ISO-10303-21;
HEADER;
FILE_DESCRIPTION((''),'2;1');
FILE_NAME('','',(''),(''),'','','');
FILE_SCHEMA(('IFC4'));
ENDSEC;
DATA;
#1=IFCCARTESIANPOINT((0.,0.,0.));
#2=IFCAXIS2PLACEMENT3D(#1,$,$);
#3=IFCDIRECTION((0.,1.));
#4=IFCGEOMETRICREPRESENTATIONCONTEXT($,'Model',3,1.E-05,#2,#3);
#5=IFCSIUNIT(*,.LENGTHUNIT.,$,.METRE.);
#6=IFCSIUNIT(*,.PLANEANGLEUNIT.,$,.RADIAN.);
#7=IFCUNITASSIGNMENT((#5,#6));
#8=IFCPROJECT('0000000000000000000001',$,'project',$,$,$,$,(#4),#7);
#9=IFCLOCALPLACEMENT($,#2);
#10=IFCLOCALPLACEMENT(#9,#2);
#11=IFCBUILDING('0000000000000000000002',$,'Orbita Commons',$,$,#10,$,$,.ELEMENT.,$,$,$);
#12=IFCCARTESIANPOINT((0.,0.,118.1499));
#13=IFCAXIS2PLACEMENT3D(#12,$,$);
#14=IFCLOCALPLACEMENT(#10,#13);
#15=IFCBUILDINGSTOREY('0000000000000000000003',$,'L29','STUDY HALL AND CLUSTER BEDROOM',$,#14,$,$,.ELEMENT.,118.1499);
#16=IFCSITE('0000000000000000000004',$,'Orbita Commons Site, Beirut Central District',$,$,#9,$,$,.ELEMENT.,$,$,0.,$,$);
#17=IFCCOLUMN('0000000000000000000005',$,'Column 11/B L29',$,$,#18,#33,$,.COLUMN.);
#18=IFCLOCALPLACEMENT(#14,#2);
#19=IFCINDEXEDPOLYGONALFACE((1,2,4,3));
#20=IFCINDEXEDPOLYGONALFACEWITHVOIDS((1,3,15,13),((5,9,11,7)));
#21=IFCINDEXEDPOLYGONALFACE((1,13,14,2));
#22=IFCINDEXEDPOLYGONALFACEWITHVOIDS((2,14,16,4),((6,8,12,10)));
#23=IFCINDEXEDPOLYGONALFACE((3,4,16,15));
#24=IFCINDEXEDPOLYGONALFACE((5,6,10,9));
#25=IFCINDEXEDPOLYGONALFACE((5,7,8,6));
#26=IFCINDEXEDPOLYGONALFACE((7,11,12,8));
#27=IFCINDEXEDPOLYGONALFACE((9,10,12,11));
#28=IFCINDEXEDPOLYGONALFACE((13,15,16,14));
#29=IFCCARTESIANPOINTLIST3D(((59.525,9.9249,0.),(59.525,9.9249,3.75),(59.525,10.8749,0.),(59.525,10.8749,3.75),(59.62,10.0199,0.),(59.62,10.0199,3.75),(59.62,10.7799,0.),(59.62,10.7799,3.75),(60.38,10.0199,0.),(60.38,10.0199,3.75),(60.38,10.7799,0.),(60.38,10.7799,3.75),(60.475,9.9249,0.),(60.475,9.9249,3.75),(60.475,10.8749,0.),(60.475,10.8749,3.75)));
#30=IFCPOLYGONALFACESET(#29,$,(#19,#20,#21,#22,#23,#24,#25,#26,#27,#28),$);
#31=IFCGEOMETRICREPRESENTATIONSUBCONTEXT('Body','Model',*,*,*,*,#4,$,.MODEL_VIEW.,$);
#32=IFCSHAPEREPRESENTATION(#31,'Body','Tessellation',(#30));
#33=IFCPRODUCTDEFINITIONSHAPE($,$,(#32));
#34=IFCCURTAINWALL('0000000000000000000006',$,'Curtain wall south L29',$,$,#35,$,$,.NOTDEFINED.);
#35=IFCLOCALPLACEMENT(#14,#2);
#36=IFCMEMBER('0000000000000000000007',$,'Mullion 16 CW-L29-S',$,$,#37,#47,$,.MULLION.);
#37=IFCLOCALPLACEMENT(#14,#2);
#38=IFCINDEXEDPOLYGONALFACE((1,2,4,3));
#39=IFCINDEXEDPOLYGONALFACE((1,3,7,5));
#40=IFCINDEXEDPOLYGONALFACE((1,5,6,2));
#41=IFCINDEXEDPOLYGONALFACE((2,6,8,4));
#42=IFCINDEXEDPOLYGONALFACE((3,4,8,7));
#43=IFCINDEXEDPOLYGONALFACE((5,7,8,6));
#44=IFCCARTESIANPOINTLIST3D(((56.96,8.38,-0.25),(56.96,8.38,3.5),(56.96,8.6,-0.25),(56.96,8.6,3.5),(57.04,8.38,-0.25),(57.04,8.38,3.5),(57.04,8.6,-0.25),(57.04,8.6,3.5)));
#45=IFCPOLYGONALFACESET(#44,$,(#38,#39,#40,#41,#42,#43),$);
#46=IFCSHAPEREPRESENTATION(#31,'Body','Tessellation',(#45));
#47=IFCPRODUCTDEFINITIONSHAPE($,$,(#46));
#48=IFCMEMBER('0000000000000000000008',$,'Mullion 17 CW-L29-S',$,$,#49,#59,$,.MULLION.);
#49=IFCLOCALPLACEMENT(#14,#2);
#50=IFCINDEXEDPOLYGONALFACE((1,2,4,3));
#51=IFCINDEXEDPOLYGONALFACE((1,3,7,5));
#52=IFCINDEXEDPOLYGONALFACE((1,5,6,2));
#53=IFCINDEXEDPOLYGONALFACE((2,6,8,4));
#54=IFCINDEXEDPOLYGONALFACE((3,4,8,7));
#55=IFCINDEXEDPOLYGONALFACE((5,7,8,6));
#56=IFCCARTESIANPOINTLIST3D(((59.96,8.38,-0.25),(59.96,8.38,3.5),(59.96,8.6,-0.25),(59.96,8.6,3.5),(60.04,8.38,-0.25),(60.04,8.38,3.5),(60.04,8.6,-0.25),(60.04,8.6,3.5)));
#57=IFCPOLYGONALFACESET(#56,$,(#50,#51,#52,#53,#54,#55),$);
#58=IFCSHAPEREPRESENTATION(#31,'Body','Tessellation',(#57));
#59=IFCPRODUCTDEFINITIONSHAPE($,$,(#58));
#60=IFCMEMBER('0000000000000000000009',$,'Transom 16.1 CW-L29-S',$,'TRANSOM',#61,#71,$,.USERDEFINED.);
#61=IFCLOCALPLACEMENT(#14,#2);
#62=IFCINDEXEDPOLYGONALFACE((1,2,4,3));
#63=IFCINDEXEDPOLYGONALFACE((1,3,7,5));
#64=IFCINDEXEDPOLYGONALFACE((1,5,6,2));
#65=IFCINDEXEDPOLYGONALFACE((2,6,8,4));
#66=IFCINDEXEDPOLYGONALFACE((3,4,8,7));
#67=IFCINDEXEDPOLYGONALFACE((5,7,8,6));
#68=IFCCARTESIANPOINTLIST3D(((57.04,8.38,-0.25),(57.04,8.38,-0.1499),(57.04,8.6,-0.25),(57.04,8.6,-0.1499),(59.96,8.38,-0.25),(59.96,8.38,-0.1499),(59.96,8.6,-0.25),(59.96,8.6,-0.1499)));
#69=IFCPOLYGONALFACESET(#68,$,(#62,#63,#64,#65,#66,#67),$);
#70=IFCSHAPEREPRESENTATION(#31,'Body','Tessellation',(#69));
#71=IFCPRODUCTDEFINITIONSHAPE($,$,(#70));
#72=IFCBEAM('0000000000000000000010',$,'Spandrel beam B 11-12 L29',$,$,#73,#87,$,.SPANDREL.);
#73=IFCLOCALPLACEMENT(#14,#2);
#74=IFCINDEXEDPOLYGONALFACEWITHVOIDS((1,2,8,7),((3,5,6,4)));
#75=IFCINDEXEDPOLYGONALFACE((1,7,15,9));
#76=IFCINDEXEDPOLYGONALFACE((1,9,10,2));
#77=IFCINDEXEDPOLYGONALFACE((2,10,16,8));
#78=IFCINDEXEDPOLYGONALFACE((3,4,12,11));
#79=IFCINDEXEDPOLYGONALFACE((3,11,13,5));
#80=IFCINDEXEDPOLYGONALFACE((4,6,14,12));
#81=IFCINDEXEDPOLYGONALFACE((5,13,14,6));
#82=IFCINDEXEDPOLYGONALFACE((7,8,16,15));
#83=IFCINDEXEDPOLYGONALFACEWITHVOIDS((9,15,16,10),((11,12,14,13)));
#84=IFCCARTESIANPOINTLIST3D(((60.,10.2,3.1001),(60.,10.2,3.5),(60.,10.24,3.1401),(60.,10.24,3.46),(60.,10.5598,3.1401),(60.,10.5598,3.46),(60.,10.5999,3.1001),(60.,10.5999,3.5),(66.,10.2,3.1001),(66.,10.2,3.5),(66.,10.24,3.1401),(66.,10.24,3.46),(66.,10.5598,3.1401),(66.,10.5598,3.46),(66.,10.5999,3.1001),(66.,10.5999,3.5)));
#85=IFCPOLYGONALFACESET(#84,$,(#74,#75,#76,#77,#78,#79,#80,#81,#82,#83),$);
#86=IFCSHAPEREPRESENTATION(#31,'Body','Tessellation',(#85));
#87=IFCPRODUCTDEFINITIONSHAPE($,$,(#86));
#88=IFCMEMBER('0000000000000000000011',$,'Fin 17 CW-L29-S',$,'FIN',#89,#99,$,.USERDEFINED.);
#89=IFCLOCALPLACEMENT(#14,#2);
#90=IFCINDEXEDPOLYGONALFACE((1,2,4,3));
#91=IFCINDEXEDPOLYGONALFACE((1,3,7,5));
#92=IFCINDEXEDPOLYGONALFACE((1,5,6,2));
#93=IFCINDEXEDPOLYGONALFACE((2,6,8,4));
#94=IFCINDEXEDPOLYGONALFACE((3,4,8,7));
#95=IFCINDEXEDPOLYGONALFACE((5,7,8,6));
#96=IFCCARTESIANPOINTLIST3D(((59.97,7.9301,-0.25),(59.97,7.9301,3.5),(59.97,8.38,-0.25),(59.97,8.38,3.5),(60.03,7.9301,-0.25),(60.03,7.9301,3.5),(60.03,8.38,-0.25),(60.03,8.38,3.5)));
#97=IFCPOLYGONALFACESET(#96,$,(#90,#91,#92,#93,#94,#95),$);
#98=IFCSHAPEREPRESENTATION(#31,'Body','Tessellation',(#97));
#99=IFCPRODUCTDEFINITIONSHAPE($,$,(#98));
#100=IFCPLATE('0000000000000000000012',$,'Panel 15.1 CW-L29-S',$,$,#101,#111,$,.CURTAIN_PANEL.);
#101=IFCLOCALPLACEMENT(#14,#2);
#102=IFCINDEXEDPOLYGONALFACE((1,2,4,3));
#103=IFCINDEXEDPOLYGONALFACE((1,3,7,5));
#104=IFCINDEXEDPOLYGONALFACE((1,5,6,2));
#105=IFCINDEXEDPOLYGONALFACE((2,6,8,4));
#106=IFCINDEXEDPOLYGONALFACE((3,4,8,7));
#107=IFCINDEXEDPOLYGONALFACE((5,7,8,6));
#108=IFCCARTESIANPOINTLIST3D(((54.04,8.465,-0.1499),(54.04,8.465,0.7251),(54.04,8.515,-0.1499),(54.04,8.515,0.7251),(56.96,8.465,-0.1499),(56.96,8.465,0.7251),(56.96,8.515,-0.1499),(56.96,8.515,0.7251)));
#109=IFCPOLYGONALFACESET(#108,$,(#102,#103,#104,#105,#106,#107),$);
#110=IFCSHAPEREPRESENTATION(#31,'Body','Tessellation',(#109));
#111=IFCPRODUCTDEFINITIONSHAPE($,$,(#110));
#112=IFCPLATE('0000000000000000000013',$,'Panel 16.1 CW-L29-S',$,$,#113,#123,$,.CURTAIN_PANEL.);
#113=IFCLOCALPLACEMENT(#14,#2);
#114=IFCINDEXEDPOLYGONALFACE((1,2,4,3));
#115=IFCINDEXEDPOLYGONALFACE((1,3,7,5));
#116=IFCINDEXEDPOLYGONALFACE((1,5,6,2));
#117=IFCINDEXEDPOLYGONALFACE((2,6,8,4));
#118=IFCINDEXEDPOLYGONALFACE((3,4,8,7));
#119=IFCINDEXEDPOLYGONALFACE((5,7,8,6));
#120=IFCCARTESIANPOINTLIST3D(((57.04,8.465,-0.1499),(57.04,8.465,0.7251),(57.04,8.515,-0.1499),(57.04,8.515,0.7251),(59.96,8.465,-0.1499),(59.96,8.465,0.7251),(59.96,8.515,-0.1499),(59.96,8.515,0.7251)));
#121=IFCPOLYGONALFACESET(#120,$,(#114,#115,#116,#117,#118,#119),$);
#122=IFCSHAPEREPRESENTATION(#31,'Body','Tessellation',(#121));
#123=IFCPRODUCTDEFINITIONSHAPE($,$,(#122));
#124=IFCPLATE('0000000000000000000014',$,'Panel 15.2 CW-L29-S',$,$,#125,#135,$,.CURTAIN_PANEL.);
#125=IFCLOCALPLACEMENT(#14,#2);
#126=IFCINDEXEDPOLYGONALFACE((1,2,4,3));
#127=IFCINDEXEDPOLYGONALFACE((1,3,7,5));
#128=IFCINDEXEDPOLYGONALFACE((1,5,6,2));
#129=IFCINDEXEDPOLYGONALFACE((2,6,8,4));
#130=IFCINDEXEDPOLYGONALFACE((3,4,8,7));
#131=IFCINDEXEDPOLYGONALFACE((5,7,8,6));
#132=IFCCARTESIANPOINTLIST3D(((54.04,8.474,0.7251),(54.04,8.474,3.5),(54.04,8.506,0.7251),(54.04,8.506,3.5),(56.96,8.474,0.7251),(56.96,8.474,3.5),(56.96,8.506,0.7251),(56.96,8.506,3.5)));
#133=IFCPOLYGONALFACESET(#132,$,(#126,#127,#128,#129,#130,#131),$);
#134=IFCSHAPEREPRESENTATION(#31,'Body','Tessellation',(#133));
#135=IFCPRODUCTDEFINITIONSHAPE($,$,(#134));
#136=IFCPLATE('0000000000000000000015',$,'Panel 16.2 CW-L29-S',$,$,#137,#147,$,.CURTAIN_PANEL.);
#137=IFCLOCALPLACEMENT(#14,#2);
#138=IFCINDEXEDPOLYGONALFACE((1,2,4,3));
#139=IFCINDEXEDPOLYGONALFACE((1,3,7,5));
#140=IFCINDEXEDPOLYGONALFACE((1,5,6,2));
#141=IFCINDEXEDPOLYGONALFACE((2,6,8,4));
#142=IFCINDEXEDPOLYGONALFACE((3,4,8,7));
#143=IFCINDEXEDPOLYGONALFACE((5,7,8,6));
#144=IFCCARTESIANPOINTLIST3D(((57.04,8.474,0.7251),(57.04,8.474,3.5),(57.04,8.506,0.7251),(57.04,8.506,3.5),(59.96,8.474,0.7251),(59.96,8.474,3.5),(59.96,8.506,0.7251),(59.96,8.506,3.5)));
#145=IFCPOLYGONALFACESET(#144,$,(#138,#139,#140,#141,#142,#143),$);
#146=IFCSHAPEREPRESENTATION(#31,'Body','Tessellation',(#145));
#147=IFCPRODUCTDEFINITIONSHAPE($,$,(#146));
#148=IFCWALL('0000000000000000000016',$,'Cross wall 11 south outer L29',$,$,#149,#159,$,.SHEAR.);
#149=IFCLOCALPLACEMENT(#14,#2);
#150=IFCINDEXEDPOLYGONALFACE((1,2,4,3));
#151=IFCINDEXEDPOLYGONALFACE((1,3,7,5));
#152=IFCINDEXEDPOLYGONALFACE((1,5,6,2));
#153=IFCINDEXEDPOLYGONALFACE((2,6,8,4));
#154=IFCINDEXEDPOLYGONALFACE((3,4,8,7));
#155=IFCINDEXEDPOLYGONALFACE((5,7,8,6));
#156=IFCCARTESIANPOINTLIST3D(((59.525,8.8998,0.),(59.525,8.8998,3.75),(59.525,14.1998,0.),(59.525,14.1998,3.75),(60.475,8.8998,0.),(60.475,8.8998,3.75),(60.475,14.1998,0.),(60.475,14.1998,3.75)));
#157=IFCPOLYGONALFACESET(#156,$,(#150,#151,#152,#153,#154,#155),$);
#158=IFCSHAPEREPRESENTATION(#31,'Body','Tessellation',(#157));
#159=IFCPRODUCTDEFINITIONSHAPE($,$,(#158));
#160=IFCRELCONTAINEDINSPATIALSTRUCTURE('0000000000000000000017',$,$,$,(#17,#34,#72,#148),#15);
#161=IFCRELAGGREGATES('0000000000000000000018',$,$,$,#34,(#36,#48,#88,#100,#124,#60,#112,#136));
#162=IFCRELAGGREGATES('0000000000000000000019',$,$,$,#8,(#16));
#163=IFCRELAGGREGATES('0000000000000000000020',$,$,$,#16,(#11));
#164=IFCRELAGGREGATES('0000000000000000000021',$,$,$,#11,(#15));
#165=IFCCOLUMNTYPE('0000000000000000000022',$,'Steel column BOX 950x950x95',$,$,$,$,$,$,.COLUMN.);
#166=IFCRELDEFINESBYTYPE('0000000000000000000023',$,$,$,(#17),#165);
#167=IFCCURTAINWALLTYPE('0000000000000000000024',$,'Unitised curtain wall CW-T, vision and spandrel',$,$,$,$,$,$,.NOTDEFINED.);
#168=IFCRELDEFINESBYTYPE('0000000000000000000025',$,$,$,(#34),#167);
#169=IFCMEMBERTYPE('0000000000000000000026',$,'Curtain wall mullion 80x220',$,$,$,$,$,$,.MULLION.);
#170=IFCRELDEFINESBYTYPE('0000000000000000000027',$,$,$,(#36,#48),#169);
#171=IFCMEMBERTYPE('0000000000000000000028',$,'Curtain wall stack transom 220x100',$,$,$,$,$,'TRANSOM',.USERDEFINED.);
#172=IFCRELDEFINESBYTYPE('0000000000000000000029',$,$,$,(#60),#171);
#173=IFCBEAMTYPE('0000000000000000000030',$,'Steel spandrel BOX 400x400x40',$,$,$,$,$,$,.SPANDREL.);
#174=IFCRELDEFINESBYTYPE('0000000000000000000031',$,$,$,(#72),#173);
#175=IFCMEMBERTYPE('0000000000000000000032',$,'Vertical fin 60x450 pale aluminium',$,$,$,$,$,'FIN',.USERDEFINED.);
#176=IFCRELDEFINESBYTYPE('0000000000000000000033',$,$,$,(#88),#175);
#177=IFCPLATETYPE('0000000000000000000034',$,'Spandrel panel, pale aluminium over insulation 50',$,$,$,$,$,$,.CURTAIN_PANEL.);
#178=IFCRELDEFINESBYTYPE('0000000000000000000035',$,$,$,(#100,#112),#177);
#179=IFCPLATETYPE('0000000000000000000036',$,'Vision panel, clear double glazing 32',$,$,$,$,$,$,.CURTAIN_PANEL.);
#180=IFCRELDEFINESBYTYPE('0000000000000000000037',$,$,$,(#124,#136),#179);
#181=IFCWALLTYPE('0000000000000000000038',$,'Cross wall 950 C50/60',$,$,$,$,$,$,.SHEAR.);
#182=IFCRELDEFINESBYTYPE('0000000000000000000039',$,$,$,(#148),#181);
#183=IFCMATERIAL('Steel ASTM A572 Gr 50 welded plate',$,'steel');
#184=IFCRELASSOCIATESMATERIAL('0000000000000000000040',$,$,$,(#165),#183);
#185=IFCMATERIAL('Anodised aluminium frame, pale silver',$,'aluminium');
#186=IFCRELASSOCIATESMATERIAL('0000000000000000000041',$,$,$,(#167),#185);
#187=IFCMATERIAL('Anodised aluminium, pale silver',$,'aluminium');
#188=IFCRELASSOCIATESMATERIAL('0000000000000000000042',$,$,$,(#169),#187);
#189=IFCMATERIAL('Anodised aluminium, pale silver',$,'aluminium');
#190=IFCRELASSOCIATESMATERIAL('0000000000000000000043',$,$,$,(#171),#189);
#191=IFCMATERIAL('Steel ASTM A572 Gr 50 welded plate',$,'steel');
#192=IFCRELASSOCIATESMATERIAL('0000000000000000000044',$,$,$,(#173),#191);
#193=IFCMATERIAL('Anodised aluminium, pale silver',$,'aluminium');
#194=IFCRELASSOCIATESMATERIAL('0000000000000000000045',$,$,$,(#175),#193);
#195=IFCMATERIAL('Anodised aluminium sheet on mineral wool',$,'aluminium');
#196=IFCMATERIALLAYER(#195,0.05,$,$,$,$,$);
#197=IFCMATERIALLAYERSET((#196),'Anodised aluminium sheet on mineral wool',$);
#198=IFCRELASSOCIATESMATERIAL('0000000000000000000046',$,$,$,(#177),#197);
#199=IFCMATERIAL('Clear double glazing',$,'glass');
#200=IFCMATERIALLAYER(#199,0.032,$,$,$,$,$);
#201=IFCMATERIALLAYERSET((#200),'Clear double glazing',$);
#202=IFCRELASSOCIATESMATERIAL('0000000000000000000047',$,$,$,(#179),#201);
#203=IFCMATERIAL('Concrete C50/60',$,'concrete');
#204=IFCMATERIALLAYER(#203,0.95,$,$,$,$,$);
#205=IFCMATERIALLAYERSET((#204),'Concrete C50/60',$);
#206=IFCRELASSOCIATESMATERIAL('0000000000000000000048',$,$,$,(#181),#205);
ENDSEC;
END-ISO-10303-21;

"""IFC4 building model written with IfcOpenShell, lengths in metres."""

from ifc_helpers import new_model, si_unit, direction, frame, frame_2d, origin, origin_2d, place, context, subcontext, project, spatial, rectangle, hollow_rectangle, extrude, material, layer, layer_set, material_profile, profile_set, type_object, element, aggregate, save


model = new_model("IFC4")

# Units and contexts
model_context = context("Model", 3, precision=1e-05, world=origin(), true_north=direction((0.0, 1.0)))
body_context = subcontext(model_context, "Body", "Model", "MODEL_VIEW")
ifc_project = project(units=[si_unit("LENGTHUNIT", "METRE"), si_unit("PLANEANGLEUNIT", "RADIAN")], contexts=[model_context])

# Site, building, storey
site_placement = place(None, origin())
site = spatial("IfcSite", under=ifc_project, at=site_placement, Name="Orbita Commons Site, Beirut Central District", CompositionType="ELEMENT", RefElevation=0.0)
building_placement = place(site_placement, origin())
building = spatial("IfcBuilding", under=site, at=building_placement, Name="Orbita Commons", CompositionType="ELEMENT")
storey_placement = place(building_placement, frame((0.0, 0.0, 118.1499)))
storey = spatial("IfcBuildingStorey", under=building, at=storey_placement, Name="L29", Description="STUDY HALL AND CLUSTER BEDROOM", CompositionType="ELEMENT", Elevation=118.1499)

# Column
ifc_material_1 = material(Name="Steel ASTM A572 Gr 50 welded plate", Category="steel")
ifc_material_profile_1 = material_profile(ifc_material_1, hollow_rectangle(XDim=0.95, YDim=0.95, WallThickness=0.095, at=origin_2d()), Name="BOX 950x950x95")
ifc_profile_set_1 = profile_set([ifc_material_profile_1], Name="Steel ASTM A572 Gr 50 welded plate")
column_type = type_object("IfcColumnType", Name="Steel column BOX 950x950x95", PredefinedType="COLUMN", material=ifc_profile_set_1)
column_placement = place(storey_placement, frame((60.0, 10.3999, 0.0), z_axis=(0.0, 0.0, 1.0), x_axis=(1.0, 0.0, 0.0)))
element("IfcColumn", 1, at=column_placement, inside=storey, type_object=column_type, Name="Column 11/B L29", PredefinedType="COLUMN", context=body_context, shape_type="SweptSolid", body=[
    extrude(hollow_rectangle(XDim=0.95, YDim=0.95, WallThickness=0.095, at=origin_2d()), origin(), (0.0, 0.0, 1.0), 3.75),
])

# Curtain wall, members
ifc_material_2 = material(Name="Anodised aluminium frame, pale silver", Category="aluminium")
curtain_wall_type = type_object("IfcCurtainWallType", Name="Unitised curtain wall CW-T, vision and spandrel", PredefinedType="NOTDEFINED", material=ifc_material_2)
curtain_wall_placement = place(storey_placement, origin())
curtain_wall = element("IfcCurtainWall", 2, at=curtain_wall_placement, inside=storey, type_object=curtain_wall_type, Name="Curtain wall south L29", PredefinedType="NOTDEFINED")
ifc_material_3 = material(Name="Anodised aluminium, pale silver", Category="aluminium")
ifc_material_profile_2 = material_profile(ifc_material_3, rectangle(XDim=0.0801, YDim=0.22, at=origin_2d()), Name="AL 80x220")
ifc_profile_set_2 = profile_set([ifc_material_profile_2], Name="Anodised aluminium, pale silver")
member_type_1 = type_object("IfcMemberType", Name="Curtain wall mullion 80x220", PredefinedType="MULLION", material=ifc_profile_set_2)
member_1_placement = place(storey_placement, frame((57.0, 8.49, -0.25), z_axis=(0.0, 0.0, 1.0), x_axis=(1.0, 0.0, 0.0)))
member_1 = element("IfcMember", 3, at=member_1_placement, type_object=member_type_1, Name="Mullion 16 CW-L29-S", PredefinedType="MULLION", context=body_context, shape_type="SweptSolid", body=[
    extrude(rectangle(XDim=0.0801, YDim=0.22, at=origin_2d()), origin(), (0.0, 0.0, 1.0), 3.75),
])
member_2_placement = place(storey_placement, frame((60.0, 8.49, -0.25), z_axis=(0.0, 0.0, 1.0), x_axis=(1.0, 0.0, 0.0)))
member_2 = element("IfcMember", 4, at=member_2_placement, type_object=member_type_1, Name="Mullion 17 CW-L29-S", PredefinedType="MULLION", context=body_context, shape_type="SweptSolid", body=[
    extrude(rectangle(XDim=0.0801, YDim=0.22, at=origin_2d()), origin(), (0.0, 0.0, 1.0), 3.75),
])
ifc_material_4 = material(Name="Anodised aluminium, pale silver", Category="aluminium")
ifc_material_profile_3 = material_profile(ifc_material_4, rectangle(XDim=0.22, YDim=0.1001, at=origin_2d()), Name="AL 220x100")
ifc_profile_set_3 = profile_set([ifc_material_profile_3], Name="Anodised aluminium, pale silver")
member_type_2 = type_object("IfcMemberType", Name="Curtain wall stack transom 220x100", ElementType="TRANSOM", PredefinedType="USERDEFINED", material=ifc_profile_set_3)
member_3_placement = place(storey_placement, frame((57.04, 8.49, -0.2), z_axis=(1.0, 0.0, 0.0), x_axis=(0.0, 1.0, 0.0)))
member_3 = element("IfcMember", 5, at=member_3_placement, type_object=member_type_2, Name="Transom 16.1 CW-L29-S", ObjectType="TRANSOM", PredefinedType="USERDEFINED", context=body_context, shape_type="SweptSolid", body=[
    extrude(rectangle(XDim=0.22, YDim=0.1001, at=origin_2d()), origin(), (0.0, 0.0, 1.0), 2.9199),
])

# Beam
ifc_material_5 = material(Name="Steel ASTM A572 Gr 50 welded plate", Category="steel")
ifc_material_profile_4 = material_profile(ifc_material_5, hollow_rectangle(XDim=0.3999, YDim=0.3999, WallThickness=0.04, at=origin_2d()), Name="BOX 400x400x40")
ifc_profile_set_4 = profile_set([ifc_material_profile_4], Name="Steel ASTM A572 Gr 50 welded plate")
beam_type = type_object("IfcBeamType", Name="Steel spandrel BOX 400x400x40", PredefinedType="SPANDREL", material=ifc_profile_set_4)
beam_placement = place(storey_placement, frame((60.0, 10.3999, 3.3), z_axis=(1.0, 0.0, 0.0), x_axis=(0.0, 1.0, 0.0)))
element("IfcBeam", 6, at=beam_placement, inside=storey, type_object=beam_type, Name="Spandrel beam B 11-12 L29", PredefinedType="SPANDREL", context=body_context, shape_type="SweptSolid", body=[
    extrude(hollow_rectangle(XDim=0.3999, YDim=0.3999, WallThickness=0.04, at=origin_2d()), origin(), (0.0, 0.0, 1.0), 6.0),
])

# Member
ifc_material_6 = material(Name="Anodised aluminium, pale silver", Category="aluminium")
ifc_material_profile_5 = material_profile(ifc_material_6, rectangle(XDim=0.0601, YDim=0.45, at=origin_2d()), Name="FIN 60x450")
ifc_profile_set_5 = profile_set([ifc_material_profile_5], Name="Anodised aluminium, pale silver")
member_type_3 = type_object("IfcMemberType", Name="Vertical fin 60x450 pale aluminium", ElementType="FIN", PredefinedType="USERDEFINED", material=ifc_profile_set_5)
member_4_placement = place(storey_placement, frame((60.0, 8.155, -0.25), z_axis=(0.0, 0.0, 1.0), x_axis=(1.0, 0.0, 0.0)))
member_4 = element("IfcMember", 7, at=member_4_placement, type_object=member_type_3, Name="Fin 17 CW-L29-S", ObjectType="FIN", PredefinedType="USERDEFINED", context=body_context, shape_type="SweptSolid", body=[
    extrude(rectangle(XDim=0.0601, YDim=0.45, at=origin_2d()), origin(), (0.0, 0.0, 1.0), 3.75),
])

# Plates
ifc_material_7 = material(Name="Anodised aluminium sheet on mineral wool", Category="aluminium")
ifc_layer_1 = layer(ifc_material_7, 0.05)
ifc_layer_set_1 = layer_set([ifc_layer_1], Name="Anodised aluminium sheet on mineral wool")
plate_type_1 = type_object("IfcPlateType", Name="Spandrel panel, pale aluminium over insulation 50", PredefinedType="CURTAIN_PANEL", material=ifc_layer_set_1)
plate_1_placement = place(storey_placement, frame((55.5, 8.49, -0.1499), z_axis=(0.0, 0.0, 1.0), x_axis=(1.0, 0.0, 0.0)))
plate_1 = element("IfcPlate", 8, at=plate_1_placement, type_object=plate_type_1, Name="Panel 15.1 CW-L29-S", PredefinedType="CURTAIN_PANEL", context=body_context, shape_type="SweptSolid", body=[
    extrude(rectangle(XDim=2.9199, YDim=0.05, at=origin_2d()), origin(), (0.0, 0.0, 1.0), 0.875),
])
plate_2_placement = place(storey_placement, frame((58.5, 8.49, -0.1499), z_axis=(0.0, 0.0, 1.0), x_axis=(1.0, 0.0, 0.0)))
plate_2 = element("IfcPlate", 9, at=plate_2_placement, type_object=plate_type_1, Name="Panel 16.1 CW-L29-S", PredefinedType="CURTAIN_PANEL", context=body_context, shape_type="SweptSolid", body=[
    extrude(rectangle(XDim=2.9199, YDim=0.05, at=origin_2d()), origin(), (0.0, 0.0, 1.0), 0.875),
])
ifc_material_8 = material(Name="Clear double glazing", Category="glass")
ifc_layer_2 = layer(ifc_material_8, 0.032)
ifc_layer_set_2 = layer_set([ifc_layer_2], Name="Clear double glazing")
plate_type_2 = type_object("IfcPlateType", Name="Vision panel, clear double glazing 32", PredefinedType="CURTAIN_PANEL", material=ifc_layer_set_2)
plate_3_placement = place(storey_placement, frame((55.5, 8.49, 0.7251), z_axis=(0.0, 0.0, 1.0), x_axis=(1.0, 0.0, 0.0)))
plate_3 = element("IfcPlate", 10, at=plate_3_placement, type_object=plate_type_2, Name="Panel 15.2 CW-L29-S", PredefinedType="CURTAIN_PANEL", context=body_context, shape_type="SweptSolid", body=[
    extrude(rectangle(XDim=2.9199, YDim=0.032, at=origin_2d()), origin(), (0.0, 0.0, 1.0), 2.7749),
])
plate_4_placement = place(storey_placement, frame((58.5, 8.49, 0.7251), z_axis=(0.0, 0.0, 1.0), x_axis=(1.0, 0.0, 0.0)))
plate_4 = element("IfcPlate", 11, at=plate_4_placement, type_object=plate_type_2, Name="Panel 16.2 CW-L29-S", PredefinedType="CURTAIN_PANEL", context=body_context, shape_type="SweptSolid", body=[
    extrude(rectangle(XDim=2.9199, YDim=0.032, at=origin_2d()), origin(), (0.0, 0.0, 1.0), 2.7749),
])
aggregate(curtain_wall, [member_1, member_2, member_4, plate_1, plate_3, member_3, plate_2, plate_4])

# Wall
ifc_material_9 = material(Name="Concrete C50/60", Category="concrete")
ifc_layer_3 = layer(ifc_material_9, 0.95)
ifc_layer_set_3 = layer_set([ifc_layer_3], Name="Concrete C50/60")
wall_type_1 = type_object("IfcWallType", Name="Cross wall 950 C50/60", PredefinedType="SHEAR", material=ifc_layer_set_3)
wall_1_placement = place(storey_placement, frame((60.0, 8.8999, 0.0), z_axis=(0.0, 0.0, 1.0), x_axis=(0.0, 1.0, 0.0)))
element("IfcWall", 12, at=wall_1_placement, inside=storey, type_object=wall_type_1, Name="Cross wall 11 south outer L29", PredefinedType="SHEAR", context=body_context, shape_type="SweptSolid", body=[
    extrude(rectangle(XDim=5.3, YDim=0.95, at=frame_2d((2.6499, 0.0))), origin(), (0.0, 0.0, 1.0), 3.75),
])

save(model, "model.ifc")
